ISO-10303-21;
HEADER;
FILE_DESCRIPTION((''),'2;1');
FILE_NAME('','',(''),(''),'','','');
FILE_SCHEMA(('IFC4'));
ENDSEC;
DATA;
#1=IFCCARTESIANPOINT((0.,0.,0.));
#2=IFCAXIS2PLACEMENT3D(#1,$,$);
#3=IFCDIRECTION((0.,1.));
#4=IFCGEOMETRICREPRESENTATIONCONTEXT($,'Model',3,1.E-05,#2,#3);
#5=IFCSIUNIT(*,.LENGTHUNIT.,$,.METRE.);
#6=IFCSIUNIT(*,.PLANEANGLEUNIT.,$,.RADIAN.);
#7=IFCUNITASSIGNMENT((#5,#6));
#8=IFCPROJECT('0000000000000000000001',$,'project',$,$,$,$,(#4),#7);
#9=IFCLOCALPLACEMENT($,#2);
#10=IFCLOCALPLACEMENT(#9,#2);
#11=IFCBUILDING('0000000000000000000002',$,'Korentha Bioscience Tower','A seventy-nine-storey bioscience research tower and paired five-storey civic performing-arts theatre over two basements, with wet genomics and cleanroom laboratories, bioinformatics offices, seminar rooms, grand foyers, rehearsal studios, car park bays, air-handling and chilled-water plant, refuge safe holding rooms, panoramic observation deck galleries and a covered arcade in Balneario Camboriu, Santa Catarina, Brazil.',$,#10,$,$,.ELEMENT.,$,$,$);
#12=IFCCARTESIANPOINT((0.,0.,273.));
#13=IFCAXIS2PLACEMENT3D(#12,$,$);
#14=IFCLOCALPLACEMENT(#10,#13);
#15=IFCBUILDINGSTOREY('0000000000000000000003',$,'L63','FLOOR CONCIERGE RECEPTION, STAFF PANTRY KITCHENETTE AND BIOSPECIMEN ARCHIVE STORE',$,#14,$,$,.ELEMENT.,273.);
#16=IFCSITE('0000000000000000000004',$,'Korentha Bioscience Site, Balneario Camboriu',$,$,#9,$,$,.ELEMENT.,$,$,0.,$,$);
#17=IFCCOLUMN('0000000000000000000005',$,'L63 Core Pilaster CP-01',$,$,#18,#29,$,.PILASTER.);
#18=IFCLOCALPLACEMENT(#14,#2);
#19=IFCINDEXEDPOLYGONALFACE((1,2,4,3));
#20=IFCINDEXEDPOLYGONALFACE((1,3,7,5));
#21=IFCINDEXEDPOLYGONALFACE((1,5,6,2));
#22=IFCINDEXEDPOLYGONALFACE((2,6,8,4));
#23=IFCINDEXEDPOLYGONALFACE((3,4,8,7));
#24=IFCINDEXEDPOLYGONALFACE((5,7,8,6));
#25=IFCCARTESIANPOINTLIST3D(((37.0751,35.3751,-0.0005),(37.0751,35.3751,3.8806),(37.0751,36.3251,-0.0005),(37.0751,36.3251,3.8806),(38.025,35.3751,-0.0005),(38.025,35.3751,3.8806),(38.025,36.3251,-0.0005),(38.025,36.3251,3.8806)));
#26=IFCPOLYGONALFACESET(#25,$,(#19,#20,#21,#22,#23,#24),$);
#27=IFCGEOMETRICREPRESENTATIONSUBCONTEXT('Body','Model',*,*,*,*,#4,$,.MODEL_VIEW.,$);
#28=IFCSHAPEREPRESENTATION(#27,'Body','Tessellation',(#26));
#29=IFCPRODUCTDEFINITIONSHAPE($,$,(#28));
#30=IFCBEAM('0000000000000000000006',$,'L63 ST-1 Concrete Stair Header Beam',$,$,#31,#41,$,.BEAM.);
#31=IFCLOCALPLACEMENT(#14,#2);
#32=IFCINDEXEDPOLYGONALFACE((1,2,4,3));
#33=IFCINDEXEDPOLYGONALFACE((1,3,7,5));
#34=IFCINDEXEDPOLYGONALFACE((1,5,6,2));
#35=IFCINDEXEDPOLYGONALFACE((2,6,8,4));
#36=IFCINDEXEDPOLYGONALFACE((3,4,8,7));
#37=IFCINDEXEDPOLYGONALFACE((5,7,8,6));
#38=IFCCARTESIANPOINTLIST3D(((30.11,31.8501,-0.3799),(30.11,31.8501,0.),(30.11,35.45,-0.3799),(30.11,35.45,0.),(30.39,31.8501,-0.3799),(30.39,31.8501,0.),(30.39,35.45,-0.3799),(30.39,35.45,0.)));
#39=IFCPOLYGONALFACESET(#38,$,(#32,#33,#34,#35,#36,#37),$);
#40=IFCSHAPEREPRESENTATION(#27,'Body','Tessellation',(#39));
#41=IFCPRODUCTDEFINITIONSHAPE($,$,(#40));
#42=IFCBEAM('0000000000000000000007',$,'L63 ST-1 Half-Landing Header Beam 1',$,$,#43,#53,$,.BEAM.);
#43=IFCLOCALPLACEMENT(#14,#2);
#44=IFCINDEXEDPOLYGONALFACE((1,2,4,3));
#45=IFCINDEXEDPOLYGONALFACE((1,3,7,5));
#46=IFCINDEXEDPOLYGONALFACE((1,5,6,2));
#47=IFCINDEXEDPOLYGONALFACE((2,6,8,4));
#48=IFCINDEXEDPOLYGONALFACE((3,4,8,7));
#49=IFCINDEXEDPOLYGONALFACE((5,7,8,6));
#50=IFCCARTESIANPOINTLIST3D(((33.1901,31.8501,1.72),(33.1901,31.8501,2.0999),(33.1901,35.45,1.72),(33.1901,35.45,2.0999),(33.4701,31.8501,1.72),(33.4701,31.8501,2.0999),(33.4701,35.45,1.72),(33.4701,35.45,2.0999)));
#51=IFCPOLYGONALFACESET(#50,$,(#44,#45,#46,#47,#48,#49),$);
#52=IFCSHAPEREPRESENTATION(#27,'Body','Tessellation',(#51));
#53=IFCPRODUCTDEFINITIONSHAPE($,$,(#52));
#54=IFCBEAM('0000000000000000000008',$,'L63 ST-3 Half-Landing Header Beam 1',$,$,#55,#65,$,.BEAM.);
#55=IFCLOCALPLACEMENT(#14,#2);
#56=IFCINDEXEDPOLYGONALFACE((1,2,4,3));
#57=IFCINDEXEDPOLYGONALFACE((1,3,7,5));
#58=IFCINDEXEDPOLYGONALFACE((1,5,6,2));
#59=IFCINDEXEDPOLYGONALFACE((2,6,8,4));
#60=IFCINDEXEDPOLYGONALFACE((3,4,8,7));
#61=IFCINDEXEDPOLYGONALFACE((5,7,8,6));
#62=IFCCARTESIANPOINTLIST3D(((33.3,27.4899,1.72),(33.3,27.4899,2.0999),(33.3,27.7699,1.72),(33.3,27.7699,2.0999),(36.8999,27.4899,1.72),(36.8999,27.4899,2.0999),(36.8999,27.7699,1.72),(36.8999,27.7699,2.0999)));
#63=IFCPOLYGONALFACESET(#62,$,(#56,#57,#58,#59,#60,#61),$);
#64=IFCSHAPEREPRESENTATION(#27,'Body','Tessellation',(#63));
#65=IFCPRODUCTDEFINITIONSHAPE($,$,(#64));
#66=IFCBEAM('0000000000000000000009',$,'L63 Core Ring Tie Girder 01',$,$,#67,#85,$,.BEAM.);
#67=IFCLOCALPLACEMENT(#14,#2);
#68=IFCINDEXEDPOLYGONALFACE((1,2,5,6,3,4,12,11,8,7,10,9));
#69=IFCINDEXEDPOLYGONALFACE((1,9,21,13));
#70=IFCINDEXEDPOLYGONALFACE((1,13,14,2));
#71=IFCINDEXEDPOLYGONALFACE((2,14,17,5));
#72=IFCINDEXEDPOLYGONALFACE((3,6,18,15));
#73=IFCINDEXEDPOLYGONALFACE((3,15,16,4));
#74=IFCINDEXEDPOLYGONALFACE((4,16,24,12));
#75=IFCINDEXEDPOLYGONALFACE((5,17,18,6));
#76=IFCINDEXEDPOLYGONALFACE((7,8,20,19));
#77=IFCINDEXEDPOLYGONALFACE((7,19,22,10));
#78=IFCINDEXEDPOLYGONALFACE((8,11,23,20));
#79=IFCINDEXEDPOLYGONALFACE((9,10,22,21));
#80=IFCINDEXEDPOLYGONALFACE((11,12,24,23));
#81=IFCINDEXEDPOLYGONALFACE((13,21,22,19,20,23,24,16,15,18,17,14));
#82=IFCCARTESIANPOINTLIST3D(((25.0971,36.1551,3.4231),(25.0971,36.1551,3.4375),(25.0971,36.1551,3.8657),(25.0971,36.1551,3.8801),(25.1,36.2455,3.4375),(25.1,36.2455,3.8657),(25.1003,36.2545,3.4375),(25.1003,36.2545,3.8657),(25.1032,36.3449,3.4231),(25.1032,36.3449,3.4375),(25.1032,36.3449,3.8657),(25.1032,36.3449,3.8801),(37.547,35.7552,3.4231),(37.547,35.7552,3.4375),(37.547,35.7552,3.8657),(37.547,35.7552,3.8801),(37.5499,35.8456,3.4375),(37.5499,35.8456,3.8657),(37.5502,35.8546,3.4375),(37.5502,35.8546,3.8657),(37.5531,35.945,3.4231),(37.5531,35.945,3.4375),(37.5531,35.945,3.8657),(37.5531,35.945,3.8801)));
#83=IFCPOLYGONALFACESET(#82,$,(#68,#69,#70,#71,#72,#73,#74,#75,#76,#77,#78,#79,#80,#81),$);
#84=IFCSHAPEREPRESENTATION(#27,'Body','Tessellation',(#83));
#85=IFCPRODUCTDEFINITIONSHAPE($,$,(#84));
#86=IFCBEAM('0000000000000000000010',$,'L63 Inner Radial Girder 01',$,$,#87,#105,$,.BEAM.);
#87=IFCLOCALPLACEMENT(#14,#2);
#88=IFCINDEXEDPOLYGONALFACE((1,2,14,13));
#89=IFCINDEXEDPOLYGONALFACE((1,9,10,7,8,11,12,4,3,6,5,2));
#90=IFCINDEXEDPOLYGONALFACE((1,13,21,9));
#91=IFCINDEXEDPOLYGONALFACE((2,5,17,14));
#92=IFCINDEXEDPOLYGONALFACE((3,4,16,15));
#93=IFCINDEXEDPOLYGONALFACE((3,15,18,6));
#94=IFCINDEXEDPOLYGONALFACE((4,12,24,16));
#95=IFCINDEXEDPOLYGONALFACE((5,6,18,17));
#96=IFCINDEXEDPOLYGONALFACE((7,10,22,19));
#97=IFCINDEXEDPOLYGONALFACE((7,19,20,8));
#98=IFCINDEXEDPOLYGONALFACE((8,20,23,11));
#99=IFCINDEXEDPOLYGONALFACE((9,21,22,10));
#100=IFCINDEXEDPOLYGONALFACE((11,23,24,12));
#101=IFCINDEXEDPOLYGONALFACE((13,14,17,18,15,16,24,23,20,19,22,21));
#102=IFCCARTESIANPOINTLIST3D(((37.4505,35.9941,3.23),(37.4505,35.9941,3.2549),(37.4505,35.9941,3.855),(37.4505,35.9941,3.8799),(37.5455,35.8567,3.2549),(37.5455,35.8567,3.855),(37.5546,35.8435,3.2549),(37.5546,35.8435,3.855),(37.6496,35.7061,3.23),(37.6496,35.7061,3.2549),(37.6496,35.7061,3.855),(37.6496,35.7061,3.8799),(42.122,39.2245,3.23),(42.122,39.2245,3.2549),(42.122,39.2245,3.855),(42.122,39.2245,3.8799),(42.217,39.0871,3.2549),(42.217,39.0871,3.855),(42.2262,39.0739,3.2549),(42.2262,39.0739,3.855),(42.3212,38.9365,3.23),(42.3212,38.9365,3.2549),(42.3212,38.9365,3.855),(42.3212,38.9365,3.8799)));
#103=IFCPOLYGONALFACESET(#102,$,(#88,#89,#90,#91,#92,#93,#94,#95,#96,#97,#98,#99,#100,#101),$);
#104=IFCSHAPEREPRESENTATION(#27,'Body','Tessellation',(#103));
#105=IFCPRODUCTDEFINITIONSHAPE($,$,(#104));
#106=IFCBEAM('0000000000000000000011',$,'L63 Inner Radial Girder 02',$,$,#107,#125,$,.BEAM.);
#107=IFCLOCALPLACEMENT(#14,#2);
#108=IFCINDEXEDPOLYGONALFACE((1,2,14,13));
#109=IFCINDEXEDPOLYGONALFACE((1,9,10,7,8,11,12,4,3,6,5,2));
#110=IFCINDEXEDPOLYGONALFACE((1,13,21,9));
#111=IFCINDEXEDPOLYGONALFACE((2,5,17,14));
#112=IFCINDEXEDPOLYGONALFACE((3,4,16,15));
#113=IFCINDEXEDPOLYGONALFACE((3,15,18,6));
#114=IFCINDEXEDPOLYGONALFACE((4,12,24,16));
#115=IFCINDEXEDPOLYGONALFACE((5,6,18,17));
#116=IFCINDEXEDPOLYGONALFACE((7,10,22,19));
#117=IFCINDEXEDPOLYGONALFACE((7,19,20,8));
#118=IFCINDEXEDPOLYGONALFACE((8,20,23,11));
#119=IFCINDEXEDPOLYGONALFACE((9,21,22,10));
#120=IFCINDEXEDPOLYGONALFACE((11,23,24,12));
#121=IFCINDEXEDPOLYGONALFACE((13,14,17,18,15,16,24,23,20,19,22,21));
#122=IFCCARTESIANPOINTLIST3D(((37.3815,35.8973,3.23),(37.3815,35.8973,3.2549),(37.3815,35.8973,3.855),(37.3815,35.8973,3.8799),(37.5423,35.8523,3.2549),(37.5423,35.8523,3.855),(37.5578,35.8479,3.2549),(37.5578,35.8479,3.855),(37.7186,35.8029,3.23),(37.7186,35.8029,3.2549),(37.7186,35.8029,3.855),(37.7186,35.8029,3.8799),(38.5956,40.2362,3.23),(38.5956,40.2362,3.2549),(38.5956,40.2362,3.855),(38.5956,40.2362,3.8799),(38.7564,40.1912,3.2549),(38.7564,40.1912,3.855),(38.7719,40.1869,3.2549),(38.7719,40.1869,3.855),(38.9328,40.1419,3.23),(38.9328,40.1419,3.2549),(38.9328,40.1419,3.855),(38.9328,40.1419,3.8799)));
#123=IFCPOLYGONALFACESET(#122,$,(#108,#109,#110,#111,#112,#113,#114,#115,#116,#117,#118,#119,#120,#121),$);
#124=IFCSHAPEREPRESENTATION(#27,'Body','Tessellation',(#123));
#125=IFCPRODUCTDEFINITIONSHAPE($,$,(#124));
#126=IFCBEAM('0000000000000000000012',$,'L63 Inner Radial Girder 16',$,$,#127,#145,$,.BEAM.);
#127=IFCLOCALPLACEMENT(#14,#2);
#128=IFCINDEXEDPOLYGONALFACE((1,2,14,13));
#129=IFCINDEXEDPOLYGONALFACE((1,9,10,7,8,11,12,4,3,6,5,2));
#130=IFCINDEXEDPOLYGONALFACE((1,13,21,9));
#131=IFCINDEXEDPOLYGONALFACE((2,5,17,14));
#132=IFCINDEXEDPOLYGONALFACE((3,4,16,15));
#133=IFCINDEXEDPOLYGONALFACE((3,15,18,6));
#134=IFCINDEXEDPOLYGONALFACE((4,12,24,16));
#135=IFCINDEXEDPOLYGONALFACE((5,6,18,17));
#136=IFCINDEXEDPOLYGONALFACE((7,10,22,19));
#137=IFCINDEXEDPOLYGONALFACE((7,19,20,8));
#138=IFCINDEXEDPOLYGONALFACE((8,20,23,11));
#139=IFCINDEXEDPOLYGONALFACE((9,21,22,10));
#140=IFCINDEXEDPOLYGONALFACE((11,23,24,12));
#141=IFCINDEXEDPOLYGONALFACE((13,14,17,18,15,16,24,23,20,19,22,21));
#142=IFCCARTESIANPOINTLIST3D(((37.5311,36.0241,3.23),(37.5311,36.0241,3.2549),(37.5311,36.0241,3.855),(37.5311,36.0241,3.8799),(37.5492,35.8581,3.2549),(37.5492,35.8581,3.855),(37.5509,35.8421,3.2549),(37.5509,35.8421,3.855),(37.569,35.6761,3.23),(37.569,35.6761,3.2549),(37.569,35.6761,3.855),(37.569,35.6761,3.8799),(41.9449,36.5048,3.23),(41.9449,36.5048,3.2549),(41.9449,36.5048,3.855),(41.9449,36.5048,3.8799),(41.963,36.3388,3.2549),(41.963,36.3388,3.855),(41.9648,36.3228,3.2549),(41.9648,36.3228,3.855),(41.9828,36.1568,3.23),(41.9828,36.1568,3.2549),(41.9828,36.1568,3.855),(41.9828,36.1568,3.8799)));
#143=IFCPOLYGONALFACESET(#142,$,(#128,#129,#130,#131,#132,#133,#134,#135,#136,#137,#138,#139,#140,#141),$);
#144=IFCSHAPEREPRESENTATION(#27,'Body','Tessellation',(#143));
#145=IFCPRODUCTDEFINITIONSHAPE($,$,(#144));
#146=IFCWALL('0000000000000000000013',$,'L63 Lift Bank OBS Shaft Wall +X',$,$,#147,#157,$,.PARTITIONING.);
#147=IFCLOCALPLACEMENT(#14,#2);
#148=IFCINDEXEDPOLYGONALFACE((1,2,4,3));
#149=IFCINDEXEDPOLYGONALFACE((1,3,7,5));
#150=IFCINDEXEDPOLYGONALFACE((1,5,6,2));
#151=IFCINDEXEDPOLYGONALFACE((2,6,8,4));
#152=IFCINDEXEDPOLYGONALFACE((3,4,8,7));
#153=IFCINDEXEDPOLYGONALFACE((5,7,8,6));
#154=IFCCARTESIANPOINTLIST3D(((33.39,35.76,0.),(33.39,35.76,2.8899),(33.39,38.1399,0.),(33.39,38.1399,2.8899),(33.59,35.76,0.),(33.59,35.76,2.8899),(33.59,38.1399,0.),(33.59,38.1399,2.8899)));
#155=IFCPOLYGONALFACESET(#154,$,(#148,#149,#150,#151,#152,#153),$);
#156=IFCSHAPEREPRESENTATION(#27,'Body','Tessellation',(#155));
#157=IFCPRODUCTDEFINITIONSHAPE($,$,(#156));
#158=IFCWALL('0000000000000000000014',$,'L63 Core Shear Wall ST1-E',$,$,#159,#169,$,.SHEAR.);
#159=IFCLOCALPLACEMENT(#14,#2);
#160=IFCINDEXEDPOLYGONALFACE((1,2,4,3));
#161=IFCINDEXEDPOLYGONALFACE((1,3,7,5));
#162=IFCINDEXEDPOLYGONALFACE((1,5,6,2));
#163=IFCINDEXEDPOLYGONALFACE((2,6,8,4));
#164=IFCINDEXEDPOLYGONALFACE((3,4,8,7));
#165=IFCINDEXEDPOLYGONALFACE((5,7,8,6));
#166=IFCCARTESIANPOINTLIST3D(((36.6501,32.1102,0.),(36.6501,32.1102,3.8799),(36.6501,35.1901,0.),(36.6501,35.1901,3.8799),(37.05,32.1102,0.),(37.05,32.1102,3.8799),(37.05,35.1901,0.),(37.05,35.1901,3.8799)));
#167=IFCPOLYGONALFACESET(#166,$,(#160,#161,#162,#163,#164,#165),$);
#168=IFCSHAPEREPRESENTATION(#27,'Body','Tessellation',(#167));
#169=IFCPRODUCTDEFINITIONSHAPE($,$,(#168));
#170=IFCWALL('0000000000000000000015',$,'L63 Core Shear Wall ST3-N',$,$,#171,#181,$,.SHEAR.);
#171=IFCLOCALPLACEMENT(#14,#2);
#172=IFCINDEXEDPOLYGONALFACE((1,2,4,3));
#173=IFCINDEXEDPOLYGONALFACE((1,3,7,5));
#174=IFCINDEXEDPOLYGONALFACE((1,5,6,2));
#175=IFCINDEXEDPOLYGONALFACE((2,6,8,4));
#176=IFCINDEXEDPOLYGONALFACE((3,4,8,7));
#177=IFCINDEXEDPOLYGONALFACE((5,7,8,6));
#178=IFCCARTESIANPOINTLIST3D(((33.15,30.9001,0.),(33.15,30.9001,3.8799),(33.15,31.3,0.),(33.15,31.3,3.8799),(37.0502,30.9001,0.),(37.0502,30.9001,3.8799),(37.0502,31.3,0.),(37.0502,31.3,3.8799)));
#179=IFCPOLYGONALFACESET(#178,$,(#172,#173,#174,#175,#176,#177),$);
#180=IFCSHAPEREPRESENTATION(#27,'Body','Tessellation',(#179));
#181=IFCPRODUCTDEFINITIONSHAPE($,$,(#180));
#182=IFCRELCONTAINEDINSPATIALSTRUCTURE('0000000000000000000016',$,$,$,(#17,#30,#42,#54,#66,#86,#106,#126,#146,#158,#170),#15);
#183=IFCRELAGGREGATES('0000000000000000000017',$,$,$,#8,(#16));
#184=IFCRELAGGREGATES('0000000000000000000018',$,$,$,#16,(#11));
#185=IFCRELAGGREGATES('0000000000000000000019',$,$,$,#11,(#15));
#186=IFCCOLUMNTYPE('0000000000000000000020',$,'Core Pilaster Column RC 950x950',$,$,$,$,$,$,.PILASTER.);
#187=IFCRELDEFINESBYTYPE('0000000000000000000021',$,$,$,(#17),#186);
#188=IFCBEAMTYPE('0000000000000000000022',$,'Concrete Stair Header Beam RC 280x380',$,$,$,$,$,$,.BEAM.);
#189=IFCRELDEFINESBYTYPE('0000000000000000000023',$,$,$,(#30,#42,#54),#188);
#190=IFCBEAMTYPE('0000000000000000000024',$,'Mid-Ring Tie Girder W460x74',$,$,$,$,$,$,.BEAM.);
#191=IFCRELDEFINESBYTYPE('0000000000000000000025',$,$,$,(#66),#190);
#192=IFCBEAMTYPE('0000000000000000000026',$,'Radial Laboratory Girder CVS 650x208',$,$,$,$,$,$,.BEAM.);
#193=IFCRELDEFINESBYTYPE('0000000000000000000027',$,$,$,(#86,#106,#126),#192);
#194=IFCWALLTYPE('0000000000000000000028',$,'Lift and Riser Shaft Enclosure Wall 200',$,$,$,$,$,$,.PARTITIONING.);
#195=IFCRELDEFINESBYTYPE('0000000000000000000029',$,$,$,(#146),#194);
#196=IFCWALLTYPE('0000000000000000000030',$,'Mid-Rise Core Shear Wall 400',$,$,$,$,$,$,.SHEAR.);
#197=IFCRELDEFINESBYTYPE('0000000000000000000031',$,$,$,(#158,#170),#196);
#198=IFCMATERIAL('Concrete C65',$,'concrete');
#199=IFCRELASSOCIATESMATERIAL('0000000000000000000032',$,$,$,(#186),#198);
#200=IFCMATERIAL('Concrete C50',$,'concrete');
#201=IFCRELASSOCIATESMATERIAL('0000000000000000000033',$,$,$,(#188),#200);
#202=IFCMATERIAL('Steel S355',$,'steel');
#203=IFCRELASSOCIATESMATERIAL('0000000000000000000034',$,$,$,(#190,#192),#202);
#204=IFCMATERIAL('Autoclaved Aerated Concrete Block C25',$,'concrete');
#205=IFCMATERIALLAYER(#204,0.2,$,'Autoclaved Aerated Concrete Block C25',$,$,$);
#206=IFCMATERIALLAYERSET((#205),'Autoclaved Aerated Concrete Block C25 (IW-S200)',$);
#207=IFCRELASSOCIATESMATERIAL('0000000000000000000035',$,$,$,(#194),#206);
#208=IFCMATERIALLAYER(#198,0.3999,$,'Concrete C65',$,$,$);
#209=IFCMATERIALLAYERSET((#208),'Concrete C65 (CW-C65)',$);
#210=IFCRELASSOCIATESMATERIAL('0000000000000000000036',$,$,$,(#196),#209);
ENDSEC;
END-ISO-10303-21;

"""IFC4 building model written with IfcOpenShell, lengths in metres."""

from ifc_helpers import new_model, si_unit, direction, frame, frame_2d, origin, origin_2d, place, context, subcontext, project, spatial, rectangle, i_section, extrude, material, layer, layer_set, material_profile, profile_set, type_object, element, save


model = new_model("IFC4")

# Units and contexts
model_context = context("Model", 3, precision=1e-05, world=origin(), true_north=direction((0.0, 1.0)))
body_context = subcontext(model_context, "Body", "Model", "MODEL_VIEW")
ifc_project = project(units=[si_unit("LENGTHUNIT", "METRE"), si_unit("PLANEANGLEUNIT", "RADIAN")], contexts=[model_context])

# Site, building, storey
site_placement = place(None, origin())
site = spatial("IfcSite", under=ifc_project, at=site_placement, Name="Korentha Bioscience Site, Balneario Camboriu", CompositionType="ELEMENT", RefElevation=0.0)
building_placement = place(site_placement, origin())
building = spatial("IfcBuilding", under=site, at=building_placement, Name="Korentha Bioscience Tower", Description="A seventy-nine-storey bioscience research tower and paired five-storey civic performing-arts theatre over two basements, with wet genomics and cleanroom laboratories, bioinformatics offices, seminar rooms, grand foyers, rehearsal studios, car park bays, air-handling and chilled-water plant, refuge safe holding rooms, panoramic observation deck galleries and a covered arcade in Balneario Camboriu, Santa Catarina, Brazil.", CompositionType="ELEMENT")
storey_placement = place(building_placement, frame((0.0, 0.0, 273.0)))
storey = spatial("IfcBuildingStorey", under=building, at=storey_placement, Name="L63", Description="FLOOR CONCIERGE RECEPTION, STAFF PANTRY KITCHENETTE AND BIOSPECIMEN ARCHIVE STORE", CompositionType="ELEMENT", Elevation=273.0)

# Column
ifc_material_1 = material(Name="Concrete C65", Category="concrete")
ifc_material_profile_1 = material_profile(ifc_material_1, rectangle(XDim=0.95, YDim=0.95, at=origin_2d()), Name="Concrete C65")
ifc_profile_set_1 = profile_set([ifc_material_profile_1], Name="Concrete C65 (COL-CP09)")
column_type = type_object("IfcColumnType", Name="Core Pilaster Column RC 950x950", PredefinedType="PILASTER", material=ifc_profile_set_1)
column_placement = place(storey_placement, frame((37.55, 35.8501, -0.0005), z_axis=(0.0, 0.0, 1.0), x_axis=(1.0, 0.0, 0.0)))
element("IfcColumn", 1, at=column_placement, inside=storey, type_object=column_type, Name="L63 Core Pilaster CP-01", PredefinedType="PILASTER", context=body_context, shape_type="SweptSolid", body=[
    extrude(rectangle(XDim=0.95, YDim=0.95, at=origin_2d()), origin(), (0.0, 0.0, 1.0), 3.8811),
])

# Beams
ifc_material_2 = material(Name="Concrete C50", Category="concrete")
ifc_material_profile_2 = material_profile(ifc_material_2, rectangle(XDim=0.28, YDim=0.3799, at=origin_2d()), Name="Concrete C50")
ifc_profile_set_2 = profile_set([ifc_material_profile_2], Name="Concrete C50 (ST-HB380)")
beam_type_1 = type_object("IfcBeamType", Name="Concrete Stair Header Beam RC 280x380", PredefinedType="BEAM", material=ifc_profile_set_2)
for number, where, z_axis, x_axis, name in (
    (2, (30.25, 31.8501, -0.1899), (0.0, 1.0, 0.0), (-1.0, 0.0, 0.0), "L63 ST-1 Concrete Stair Header Beam"),
    (3, (33.3301, 31.8501, 1.9099), (0.0, 1.0, 0.0), (-1.0, 0.0, 0.0), "L63 ST-1 Half-Landing Header Beam 1"),
    (4, (36.8999, 27.6299, 1.9099), (-1.0, 0.0, 0.0), (0.0, -1.0, 0.0), "L63 ST-3 Half-Landing Header Beam 1"),
):
    element("IfcBeam", number, at=place(storey_placement, frame(where, z_axis=z_axis, x_axis=x_axis)), inside=storey, type_object=beam_type_1, Name=name, PredefinedType="BEAM", context=body_context, shape_type="SweptSolid", body=[
        extrude(rectangle(XDim=0.28, YDim=0.3799, at=origin_2d()), origin(), (0.0, 0.0, 1.0), 3.5999),
    ])
ifc_material_3 = material(Name="Steel S355", Category="steel")
ifc_material_profile_3 = material_profile(ifc_material_3, i_section(OverallWidth=0.1899, OverallDepth=0.457, WebThickness=0.009, FlangeThickness=0.0144, at=origin_2d()), Name="Steel S355")
ifc_profile_set_3 = profile_set([ifc_material_profile_3], Name="Steel S355 (MB-460)")
beam_type_2 = type_object("IfcBeamType", Name="Mid-Ring Tie Girder W460x74", PredefinedType="BEAM", material=ifc_profile_set_3)
beam_1_placement = place(storey_placement, frame((37.55, 35.8501, 3.6516), z_axis=(-0.999485, 0.032104, 0.0), x_axis=(-0.032104, -0.999485, 0.0)))
element("IfcBeam", 5, at=beam_1_placement, inside=storey, type_object=beam_type_2, Name="L63 Core Ring Tie Girder 01", PredefinedType="BEAM", context=body_context, shape_type="SweptSolid", body=[
    extrude(i_section(OverallWidth=0.1899, OverallDepth=0.457, WebThickness=0.009, FlangeThickness=0.0144, at=origin_2d()), origin(), (0.0, 0.0, 1.0), 12.4563),
])
ifc_material_profile_4 = material_profile(ifc_material_3, i_section(OverallWidth=0.3501, OverallDepth=0.6499, WebThickness=0.0161, FlangeThickness=0.0249, at=origin_2d()), Name="Steel S355")
ifc_profile_set_4 = profile_set([ifc_material_profile_4], Name="Steel S355 (RB-650)")
beam_type_3 = type_object("IfcBeamType", Name="Radial Laboratory Girder CVS 650x208", PredefinedType="BEAM", material=ifc_profile_set_4)
beam_2_placement = place(storey_placement, frame((37.55, 35.8501, 3.5549), z_axis=(0.8225, 0.568765, 0.0), x_axis=(-0.568765, 0.8225, 0.0)))
element("IfcBeam", 6, at=beam_2_placement, inside=storey, type_object=beam_type_3, Name="L63 Inner Radial Girder 01", PredefinedType="BEAM", context=body_context, shape_type="SweptSolid", body=[
    extrude(i_section(OverallWidth=0.3501, OverallDepth=0.6499, WebThickness=0.0161, FlangeThickness=0.0249, at=origin_2d()), origin(), (0.0, 0.0, 1.0), 5.6797),
])
beam_3_placement = place(storey_placement, frame((37.55, 35.8501, 3.5549), z_axis=(0.269471, 0.963008, 0.0), x_axis=(-0.963008, 0.269471, 0.0)))
element("IfcBeam", 7, at=beam_3_placement, inside=storey, type_object=beam_type_3, Name="L63 Inner Radial Girder 02", PredefinedType="BEAM", context=body_context, shape_type="SweptSolid", body=[
    extrude(i_section(OverallWidth=0.3501, OverallDepth=0.6499, WebThickness=0.0161, FlangeThickness=0.0249, at=origin_2d()), origin(), (0.0, 0.0, 1.0), 4.5056),
])
beam_4_placement = place(storey_placement, frame((37.55, 35.8501, 3.5549), z_axis=(0.994121, 0.108271, 0.0), x_axis=(-0.108271, 0.994121, 0.0)))
element("IfcBeam", 8, at=beam_4_placement, inside=storey, type_object=beam_type_3, Name="L63 Inner Radial Girder 16", PredefinedType="BEAM", context=body_context, shape_type="SweptSolid", body=[
    extrude(i_section(OverallWidth=0.3501, OverallDepth=0.6499, WebThickness=0.0161, FlangeThickness=0.0249, at=origin_2d()), origin(), (0.0, 0.0, 1.0), 4.4399),
])

# Walls
ifc_material_4 = material(Name="Autoclaved Aerated Concrete Block C25", Category="concrete")
ifc_layer_1 = layer(ifc_material_4, 0.2, Name="Autoclaved Aerated Concrete Block C25")
ifc_layer_set_1 = layer_set([ifc_layer_1], Name="Autoclaved Aerated Concrete Block C25 (IW-S200)")
wall_type_1 = type_object("IfcWallType", Name="Lift and Riser Shaft Enclosure Wall 200", PredefinedType="PARTITIONING", material=ifc_layer_set_1)
wall_1_placement = place(storey_placement, frame((33.49, 35.76, 0.0), z_axis=(0.0, 0.0, 1.0), x_axis=(0.0, 1.0, 0.0)))
element("IfcWall", 9, at=wall_1_placement, inside=storey, type_object=wall_type_1, Name="L63 Lift Bank OBS Shaft Wall +X", PredefinedType="PARTITIONING", context=body_context, shape_type="SweptSolid", body=[
    extrude(rectangle(XDim=2.3799, YDim=0.2, at=frame_2d((1.1899, 0.0))), origin(), (0.0, 0.0, 1.0), 2.8899),
])
ifc_layer_2 = layer(ifc_material_1, 0.3999, Name="Concrete C65")
ifc_layer_set_2 = layer_set([ifc_layer_2], Name="Concrete C65 (CW-C65)")
wall_type_2 = type_object("IfcWallType", Name="Mid-Rise Core Shear Wall 400", PredefinedType="SHEAR", material=ifc_layer_set_2)
wall_2_placement = place(storey_placement, frame((36.8501, 32.1101, 0.0), z_axis=(0.0, 0.0, 1.0), x_axis=(0.0, 1.0, 0.0)))
element("IfcWall", 10, at=wall_2_placement, inside=storey, type_object=wall_type_2, Name="L63 Core Shear Wall ST1-E", PredefinedType="SHEAR", context=body_context, shape_type="SweptSolid", body=[
    extrude(rectangle(XDim=3.0798, YDim=0.3999, at=frame_2d((1.54, 0.0))), origin(), (0.0, 0.0, 1.0), 3.8799),
])
wall_3_placement = place(storey_placement, frame((33.1499, 31.1001, 0.0), z_axis=(0.0, 0.0, 1.0), x_axis=(1.0, 0.0, 0.0)))
element("IfcWall", 11, at=wall_3_placement, inside=storey, type_object=wall_type_2, Name="L63 Core Shear Wall ST3-N", PredefinedType="SHEAR", context=body_context, shape_type="SweptSolid", body=[
    extrude(rectangle(XDim=3.9001, YDim=0.3999, at=frame_2d((1.9502, 0.0))), origin(), (0.0, 0.0, 1.0), 3.8799),
])

save(model, "model.ifc")
